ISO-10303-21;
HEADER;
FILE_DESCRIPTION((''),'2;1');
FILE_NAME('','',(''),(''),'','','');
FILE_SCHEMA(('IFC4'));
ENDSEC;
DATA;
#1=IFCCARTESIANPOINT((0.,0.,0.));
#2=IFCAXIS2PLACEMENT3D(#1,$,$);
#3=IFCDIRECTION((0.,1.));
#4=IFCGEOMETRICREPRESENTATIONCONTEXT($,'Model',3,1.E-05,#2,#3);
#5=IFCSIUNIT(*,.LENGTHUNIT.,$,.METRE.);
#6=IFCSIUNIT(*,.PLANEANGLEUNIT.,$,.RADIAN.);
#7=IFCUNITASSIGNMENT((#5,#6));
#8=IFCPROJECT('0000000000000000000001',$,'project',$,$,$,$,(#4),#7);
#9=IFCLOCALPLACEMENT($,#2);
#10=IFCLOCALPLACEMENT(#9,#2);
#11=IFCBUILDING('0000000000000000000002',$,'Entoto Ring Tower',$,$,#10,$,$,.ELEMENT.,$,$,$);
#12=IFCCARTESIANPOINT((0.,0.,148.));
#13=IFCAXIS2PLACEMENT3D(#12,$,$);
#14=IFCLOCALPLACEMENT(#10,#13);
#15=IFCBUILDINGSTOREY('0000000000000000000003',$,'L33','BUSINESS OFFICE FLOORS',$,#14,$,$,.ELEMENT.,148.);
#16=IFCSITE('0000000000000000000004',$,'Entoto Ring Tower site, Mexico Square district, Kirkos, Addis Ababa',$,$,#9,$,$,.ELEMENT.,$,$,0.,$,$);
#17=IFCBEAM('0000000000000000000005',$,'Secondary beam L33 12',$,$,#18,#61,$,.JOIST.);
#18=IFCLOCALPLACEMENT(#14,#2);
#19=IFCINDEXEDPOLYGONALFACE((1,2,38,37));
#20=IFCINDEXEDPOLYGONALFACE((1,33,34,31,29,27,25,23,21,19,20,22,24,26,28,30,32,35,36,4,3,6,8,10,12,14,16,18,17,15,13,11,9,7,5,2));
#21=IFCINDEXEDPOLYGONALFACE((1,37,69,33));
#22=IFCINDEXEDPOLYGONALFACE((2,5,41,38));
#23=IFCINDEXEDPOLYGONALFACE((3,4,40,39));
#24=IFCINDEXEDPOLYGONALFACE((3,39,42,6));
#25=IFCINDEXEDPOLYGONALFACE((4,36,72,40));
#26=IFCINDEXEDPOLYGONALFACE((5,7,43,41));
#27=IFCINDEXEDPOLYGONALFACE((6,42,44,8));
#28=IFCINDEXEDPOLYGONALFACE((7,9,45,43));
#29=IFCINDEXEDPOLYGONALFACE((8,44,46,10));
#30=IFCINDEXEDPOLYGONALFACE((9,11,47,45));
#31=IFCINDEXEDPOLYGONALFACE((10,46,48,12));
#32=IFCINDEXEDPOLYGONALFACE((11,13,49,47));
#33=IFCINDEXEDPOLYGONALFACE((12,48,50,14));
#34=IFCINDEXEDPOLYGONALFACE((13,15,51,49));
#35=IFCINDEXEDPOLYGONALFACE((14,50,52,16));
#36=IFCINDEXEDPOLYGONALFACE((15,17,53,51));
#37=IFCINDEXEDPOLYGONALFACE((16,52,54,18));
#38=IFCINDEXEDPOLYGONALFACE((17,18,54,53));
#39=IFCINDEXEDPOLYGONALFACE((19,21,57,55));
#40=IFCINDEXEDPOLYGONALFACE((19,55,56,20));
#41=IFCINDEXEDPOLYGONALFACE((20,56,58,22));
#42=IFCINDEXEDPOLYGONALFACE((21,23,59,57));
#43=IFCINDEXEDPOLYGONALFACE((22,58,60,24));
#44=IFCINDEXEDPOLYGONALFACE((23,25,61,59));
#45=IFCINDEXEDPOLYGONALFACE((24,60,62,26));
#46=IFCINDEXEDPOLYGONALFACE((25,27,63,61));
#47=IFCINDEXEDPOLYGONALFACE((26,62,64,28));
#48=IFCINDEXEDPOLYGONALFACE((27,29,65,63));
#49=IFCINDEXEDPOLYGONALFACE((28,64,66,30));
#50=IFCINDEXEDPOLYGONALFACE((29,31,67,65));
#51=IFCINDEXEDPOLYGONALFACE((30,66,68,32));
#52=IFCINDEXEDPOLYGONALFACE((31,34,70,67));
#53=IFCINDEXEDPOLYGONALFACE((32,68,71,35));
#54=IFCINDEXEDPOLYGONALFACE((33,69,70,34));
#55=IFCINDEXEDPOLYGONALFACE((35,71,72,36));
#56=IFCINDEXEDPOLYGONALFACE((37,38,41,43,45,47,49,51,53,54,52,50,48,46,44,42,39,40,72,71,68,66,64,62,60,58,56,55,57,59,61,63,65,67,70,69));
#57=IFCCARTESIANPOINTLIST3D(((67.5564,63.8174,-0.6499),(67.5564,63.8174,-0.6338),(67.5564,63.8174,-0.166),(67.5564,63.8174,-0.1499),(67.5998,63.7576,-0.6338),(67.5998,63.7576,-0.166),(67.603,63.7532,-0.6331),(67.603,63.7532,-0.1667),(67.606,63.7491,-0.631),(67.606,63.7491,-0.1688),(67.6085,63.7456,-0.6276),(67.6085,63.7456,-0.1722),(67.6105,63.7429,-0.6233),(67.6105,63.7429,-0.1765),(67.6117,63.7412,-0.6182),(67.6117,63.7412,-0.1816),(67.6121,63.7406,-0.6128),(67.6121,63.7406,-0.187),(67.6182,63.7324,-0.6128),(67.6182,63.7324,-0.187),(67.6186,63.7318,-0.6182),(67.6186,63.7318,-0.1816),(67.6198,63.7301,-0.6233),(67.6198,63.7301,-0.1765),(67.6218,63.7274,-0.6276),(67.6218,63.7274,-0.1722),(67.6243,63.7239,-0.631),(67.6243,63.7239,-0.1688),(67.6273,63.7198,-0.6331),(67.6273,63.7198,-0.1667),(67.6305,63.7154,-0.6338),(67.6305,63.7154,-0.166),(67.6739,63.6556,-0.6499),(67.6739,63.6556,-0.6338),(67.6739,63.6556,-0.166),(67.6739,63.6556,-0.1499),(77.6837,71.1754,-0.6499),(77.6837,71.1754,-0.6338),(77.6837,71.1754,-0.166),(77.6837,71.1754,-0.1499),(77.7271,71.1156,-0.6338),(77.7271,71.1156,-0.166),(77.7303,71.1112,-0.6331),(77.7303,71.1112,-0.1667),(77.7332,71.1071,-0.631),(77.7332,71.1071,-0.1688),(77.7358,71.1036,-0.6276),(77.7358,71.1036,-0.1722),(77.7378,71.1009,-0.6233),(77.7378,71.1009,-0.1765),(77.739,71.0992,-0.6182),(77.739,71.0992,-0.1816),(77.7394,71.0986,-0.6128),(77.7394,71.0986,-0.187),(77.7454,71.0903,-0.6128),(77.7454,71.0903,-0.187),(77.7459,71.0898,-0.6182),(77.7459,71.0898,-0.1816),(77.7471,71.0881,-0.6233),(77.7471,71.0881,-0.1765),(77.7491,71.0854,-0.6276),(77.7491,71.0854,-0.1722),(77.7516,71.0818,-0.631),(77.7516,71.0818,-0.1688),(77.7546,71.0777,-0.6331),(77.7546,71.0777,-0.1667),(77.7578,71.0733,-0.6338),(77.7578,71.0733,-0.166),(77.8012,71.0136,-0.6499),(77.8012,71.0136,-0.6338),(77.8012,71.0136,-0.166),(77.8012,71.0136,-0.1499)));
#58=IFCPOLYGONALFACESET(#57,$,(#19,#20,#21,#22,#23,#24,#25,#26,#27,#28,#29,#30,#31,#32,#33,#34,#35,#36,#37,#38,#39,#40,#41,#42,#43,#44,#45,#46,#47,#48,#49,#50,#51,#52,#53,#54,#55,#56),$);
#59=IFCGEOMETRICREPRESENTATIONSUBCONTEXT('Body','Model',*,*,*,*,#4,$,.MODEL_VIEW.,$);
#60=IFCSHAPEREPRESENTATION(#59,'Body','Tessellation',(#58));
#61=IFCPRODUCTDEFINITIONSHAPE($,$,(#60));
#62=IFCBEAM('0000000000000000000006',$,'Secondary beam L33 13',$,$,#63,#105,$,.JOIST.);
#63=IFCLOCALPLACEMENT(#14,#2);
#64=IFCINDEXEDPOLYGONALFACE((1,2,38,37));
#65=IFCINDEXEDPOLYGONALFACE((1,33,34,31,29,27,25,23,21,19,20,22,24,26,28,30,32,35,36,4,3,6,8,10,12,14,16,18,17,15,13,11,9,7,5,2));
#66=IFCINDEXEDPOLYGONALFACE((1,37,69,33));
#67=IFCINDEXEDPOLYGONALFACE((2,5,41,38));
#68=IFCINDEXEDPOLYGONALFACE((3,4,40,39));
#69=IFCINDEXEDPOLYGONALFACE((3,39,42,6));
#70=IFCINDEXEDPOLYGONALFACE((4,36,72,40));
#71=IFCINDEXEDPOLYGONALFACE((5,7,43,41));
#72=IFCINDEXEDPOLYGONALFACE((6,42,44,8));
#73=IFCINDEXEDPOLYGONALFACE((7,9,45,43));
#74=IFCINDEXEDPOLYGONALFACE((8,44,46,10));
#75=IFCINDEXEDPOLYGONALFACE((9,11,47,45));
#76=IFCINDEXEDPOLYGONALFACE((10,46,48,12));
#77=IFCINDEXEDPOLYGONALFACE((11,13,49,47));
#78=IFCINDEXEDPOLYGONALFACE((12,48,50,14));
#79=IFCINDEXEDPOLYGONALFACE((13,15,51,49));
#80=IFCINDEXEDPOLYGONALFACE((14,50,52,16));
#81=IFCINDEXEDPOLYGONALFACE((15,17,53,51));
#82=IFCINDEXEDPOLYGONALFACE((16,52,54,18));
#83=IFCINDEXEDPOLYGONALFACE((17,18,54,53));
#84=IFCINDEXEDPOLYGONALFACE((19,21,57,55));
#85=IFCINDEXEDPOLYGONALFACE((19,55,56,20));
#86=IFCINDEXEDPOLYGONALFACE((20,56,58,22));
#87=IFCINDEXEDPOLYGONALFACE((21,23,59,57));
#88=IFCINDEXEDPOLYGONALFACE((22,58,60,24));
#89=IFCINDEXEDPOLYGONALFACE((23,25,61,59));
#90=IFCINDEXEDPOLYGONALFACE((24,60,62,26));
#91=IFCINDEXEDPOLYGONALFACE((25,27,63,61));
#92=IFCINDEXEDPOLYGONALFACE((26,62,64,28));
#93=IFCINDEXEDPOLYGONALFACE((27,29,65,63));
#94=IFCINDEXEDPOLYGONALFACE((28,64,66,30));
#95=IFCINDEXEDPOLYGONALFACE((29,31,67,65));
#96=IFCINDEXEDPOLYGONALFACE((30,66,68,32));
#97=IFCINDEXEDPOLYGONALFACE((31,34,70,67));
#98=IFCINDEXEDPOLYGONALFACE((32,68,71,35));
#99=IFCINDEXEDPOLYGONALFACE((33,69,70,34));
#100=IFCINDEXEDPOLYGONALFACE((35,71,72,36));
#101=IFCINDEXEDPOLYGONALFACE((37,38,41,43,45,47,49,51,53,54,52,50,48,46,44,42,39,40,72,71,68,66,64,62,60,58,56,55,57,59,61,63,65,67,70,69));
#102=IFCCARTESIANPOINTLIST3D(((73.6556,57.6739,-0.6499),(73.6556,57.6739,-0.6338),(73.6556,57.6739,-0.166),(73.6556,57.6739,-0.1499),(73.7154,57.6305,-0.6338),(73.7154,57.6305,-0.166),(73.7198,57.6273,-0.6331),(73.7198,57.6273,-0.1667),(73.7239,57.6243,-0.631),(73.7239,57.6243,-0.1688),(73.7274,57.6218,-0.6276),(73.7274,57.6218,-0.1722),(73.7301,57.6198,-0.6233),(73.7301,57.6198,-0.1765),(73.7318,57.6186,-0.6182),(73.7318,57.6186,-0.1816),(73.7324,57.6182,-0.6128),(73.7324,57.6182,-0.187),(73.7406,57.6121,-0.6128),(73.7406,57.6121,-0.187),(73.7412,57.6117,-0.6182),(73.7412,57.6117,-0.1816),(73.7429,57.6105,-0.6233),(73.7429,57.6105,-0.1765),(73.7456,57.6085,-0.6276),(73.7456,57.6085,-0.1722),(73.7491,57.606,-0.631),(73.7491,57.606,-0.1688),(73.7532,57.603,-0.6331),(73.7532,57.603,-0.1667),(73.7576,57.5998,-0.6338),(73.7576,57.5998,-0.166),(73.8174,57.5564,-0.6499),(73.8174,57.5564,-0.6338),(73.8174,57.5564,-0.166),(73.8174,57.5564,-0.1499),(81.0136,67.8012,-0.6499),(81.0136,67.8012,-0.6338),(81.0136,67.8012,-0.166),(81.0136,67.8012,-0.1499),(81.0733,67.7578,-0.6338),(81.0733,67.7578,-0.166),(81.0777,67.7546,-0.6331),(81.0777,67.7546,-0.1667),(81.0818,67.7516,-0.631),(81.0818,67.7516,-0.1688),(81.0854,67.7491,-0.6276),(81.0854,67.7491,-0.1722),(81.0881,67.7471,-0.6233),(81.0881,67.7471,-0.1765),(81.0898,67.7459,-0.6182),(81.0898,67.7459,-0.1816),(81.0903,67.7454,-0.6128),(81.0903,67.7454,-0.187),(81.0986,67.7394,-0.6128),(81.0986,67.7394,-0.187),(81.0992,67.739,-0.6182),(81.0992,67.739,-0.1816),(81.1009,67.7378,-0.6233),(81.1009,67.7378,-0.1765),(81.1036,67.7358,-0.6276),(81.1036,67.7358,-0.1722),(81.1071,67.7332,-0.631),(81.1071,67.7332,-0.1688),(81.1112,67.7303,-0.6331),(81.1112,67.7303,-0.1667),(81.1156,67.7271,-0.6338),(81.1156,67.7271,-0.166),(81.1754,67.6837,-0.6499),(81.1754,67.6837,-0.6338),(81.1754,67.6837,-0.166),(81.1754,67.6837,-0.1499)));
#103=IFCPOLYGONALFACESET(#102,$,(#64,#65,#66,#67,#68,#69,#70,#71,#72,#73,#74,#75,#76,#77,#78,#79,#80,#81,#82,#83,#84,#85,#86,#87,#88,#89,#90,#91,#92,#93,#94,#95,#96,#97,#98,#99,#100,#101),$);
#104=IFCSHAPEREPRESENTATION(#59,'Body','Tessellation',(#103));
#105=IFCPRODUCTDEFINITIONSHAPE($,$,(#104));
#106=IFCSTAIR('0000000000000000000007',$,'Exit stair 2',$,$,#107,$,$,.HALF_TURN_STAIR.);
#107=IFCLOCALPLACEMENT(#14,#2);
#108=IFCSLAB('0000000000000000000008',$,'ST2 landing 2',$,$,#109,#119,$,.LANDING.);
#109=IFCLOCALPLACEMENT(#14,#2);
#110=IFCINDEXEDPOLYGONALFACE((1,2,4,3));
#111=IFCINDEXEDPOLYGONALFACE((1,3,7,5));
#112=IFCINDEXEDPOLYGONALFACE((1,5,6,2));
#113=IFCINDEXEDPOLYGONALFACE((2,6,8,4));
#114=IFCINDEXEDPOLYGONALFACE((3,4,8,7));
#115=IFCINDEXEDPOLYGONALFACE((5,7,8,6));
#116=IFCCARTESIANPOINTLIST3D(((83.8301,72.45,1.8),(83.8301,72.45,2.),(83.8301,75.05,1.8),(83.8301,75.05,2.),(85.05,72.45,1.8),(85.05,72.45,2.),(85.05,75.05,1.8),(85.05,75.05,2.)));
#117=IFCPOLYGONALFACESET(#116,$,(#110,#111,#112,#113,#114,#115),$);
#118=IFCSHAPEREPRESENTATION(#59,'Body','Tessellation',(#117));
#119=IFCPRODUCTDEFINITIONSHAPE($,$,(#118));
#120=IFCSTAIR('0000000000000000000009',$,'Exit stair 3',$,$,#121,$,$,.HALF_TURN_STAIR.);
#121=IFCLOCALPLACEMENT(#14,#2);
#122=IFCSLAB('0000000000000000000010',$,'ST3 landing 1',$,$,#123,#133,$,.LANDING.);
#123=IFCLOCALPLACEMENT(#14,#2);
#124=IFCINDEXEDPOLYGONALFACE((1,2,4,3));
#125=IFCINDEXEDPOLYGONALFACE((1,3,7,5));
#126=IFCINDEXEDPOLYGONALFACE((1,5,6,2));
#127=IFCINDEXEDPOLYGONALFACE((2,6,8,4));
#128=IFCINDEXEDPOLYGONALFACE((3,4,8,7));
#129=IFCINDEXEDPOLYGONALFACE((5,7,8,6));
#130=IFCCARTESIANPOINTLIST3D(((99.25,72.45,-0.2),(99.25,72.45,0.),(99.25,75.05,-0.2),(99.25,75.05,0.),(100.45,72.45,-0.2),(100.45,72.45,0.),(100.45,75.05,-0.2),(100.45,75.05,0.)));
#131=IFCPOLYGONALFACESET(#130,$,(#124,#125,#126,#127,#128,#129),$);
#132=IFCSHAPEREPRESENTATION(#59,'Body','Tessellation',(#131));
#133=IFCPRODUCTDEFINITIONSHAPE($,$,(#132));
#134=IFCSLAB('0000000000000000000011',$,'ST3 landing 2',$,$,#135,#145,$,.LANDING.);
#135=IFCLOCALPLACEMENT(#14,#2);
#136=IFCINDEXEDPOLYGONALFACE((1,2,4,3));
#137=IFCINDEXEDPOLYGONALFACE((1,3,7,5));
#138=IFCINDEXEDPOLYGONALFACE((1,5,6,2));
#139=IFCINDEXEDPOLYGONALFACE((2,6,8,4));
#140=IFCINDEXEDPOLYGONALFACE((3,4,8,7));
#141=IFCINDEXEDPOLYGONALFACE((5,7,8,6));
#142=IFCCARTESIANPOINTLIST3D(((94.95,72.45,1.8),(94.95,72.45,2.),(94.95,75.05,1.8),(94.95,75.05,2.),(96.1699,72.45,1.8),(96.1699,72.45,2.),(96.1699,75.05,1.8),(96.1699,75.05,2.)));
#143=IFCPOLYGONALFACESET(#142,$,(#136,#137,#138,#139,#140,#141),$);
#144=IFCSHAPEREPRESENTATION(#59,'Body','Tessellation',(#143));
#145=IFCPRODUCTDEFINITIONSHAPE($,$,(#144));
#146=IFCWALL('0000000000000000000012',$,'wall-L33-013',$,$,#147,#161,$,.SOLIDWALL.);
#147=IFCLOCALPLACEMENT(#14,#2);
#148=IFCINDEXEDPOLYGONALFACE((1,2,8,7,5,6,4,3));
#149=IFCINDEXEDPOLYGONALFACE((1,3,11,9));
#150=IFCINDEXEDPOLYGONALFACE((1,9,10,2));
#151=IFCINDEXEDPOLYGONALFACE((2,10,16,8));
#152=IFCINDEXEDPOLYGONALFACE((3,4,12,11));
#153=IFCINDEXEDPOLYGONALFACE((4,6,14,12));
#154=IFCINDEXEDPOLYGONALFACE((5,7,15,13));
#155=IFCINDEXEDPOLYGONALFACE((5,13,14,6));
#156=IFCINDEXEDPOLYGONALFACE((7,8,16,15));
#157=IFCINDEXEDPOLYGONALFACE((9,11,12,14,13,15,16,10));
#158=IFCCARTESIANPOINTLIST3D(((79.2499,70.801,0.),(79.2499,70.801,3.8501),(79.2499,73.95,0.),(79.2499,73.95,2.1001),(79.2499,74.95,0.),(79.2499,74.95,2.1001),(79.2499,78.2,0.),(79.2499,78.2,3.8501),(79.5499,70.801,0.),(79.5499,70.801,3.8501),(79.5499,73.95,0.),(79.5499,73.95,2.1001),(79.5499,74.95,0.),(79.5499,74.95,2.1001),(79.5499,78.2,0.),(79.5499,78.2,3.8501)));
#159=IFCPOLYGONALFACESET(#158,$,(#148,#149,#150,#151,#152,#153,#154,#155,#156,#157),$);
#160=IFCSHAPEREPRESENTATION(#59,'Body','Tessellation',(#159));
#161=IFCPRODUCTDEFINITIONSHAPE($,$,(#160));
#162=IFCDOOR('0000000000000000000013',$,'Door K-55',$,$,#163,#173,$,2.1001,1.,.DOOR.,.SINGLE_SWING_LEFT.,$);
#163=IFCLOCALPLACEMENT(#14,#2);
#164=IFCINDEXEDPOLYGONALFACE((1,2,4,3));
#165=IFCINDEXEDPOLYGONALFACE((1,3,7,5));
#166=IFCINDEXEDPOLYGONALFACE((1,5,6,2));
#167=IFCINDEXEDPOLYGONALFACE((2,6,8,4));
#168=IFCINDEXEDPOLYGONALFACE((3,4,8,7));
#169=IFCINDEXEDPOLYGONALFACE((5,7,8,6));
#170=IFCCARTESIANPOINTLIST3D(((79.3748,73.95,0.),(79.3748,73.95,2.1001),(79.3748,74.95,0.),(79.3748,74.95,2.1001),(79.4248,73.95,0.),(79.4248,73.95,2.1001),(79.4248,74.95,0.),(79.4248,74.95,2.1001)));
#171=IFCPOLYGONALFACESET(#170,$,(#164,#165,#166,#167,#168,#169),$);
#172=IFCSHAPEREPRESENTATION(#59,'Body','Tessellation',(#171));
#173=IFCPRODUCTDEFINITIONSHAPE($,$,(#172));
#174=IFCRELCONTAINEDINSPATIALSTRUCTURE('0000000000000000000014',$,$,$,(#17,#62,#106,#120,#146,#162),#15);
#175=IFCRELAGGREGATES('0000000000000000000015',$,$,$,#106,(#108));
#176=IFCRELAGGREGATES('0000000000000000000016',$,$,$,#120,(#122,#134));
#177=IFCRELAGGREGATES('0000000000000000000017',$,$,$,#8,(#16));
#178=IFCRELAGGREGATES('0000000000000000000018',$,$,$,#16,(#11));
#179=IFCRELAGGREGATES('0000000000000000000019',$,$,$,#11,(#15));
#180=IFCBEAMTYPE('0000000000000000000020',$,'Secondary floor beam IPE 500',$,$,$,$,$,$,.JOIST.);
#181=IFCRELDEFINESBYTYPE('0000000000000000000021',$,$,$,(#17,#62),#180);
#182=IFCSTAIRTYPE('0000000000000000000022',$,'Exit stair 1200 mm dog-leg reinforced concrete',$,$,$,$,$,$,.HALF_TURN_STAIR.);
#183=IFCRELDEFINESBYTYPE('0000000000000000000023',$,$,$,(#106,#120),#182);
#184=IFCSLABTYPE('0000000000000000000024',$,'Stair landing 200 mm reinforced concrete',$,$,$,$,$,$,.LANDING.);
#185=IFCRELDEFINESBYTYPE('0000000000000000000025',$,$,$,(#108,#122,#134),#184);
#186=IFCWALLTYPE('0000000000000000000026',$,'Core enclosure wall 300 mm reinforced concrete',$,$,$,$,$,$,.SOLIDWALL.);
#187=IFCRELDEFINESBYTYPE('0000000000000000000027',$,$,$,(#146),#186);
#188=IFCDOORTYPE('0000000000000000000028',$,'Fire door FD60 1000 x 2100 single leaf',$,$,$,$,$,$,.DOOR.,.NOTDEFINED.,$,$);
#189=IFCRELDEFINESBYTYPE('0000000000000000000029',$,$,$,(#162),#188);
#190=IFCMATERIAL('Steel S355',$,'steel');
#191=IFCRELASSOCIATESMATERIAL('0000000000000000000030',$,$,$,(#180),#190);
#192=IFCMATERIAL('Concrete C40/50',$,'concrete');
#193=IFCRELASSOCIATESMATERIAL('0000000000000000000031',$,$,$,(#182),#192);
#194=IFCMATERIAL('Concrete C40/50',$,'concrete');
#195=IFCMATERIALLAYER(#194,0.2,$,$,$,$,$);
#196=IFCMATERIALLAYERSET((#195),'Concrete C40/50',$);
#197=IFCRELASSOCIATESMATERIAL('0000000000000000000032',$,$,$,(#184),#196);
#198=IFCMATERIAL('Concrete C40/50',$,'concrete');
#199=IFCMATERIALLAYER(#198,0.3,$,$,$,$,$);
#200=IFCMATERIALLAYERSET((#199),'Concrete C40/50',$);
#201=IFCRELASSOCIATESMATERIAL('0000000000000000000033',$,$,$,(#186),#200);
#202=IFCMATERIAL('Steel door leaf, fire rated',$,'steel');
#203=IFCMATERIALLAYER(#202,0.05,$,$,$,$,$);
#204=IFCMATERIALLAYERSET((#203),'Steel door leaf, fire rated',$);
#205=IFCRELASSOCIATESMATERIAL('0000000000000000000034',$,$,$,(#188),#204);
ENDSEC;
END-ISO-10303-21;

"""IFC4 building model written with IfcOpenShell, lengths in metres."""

from ifc_helpers import new_model, si_unit, direction, frame, frame_2d, origin, origin_2d, place, context, subcontext, project, spatial, polyline, rectangle, i_section, outline, extrude, material, layer, layer_set, material_profile, profile_set, type_object, element, fill, aggregate, save


model = new_model("IFC4")

# Units and contexts
model_context = context("Model", 3, precision=1e-05, world=origin(), true_north=direction((0.0, 1.0)))
body_context = subcontext(model_context, "Body", "Model", "MODEL_VIEW")
ifc_project = project(units=[si_unit("LENGTHUNIT", "METRE"), si_unit("PLANEANGLEUNIT", "RADIAN")], contexts=[model_context])

# Site, building, storey
site_placement = place(None, origin())
site = spatial("IfcSite", under=ifc_project, at=site_placement, Name="Entoto Ring Tower site, Mexico Square district, Kirkos, Addis Ababa", CompositionType="ELEMENT", RefElevation=0.0)
building_placement = place(site_placement, origin())
building = spatial("IfcBuilding", under=site, at=building_placement, Name="Entoto Ring Tower", CompositionType="ELEMENT")
storey_placement = place(building_placement, frame((0.0, 0.0, 148.0)))
storey = spatial("IfcBuildingStorey", under=building, at=storey_placement, Name="L33", Description="BUSINESS OFFICE FLOORS", CompositionType="ELEMENT", Elevation=148.0)

# Beams
ifc_material_1 = material(Name="Steel S355", Category="steel")
ifc_material_profile_1 = material_profile(ifc_material_1, i_section(OverallWidth=0.2, OverallDepth=0.5, WebThickness=0.0103, FlangeThickness=0.0161, FilletRadius=0.021, at=origin_2d()), Name="IPE 500")
ifc_profile_set_1 = profile_set([ifc_material_profile_1], Name="Steel S355")
beam_type_1 = type_object("IfcBeamType", Name="Secondary floor beam IPE 500", PredefinedType="JOIST", material=ifc_profile_set_1)
for number, where, z_axis, x_axis, name in (
    (1, (77.7424, 71.0945, -0.3999), (-0.809014, -0.587789, 0.0), (0.587789, -0.809014, 0.0), "Secondary beam L33 12"),
    (2, (81.0945, 67.7424, -0.3999), (-0.587789, -0.809014, 0.0), (0.809014, -0.587789, 0.0), "Secondary beam L33 13"),
):
    element("IfcBeam", number, at=place(storey_placement, frame(where, z_axis=z_axis, x_axis=x_axis)), inside=storey, type_object=beam_type_1, Name=name, PredefinedType="JOIST", context=body_context, shape_type="SweptSolid", body=[
        extrude(i_section(OverallWidth=0.2, OverallDepth=0.5, WebThickness=0.0103, FlangeThickness=0.0161, FilletRadius=0.021, at=origin_2d()), origin(), (0.0, 0.0, 1.0), 12.5181),
    ])

# Stair, slab
ifc_material_2 = material(Name="Concrete C40/50", Category="concrete")
stair_type = type_object("IfcStairType", Name="Exit stair 1200 mm dog-leg reinforced concrete", PredefinedType="HALF_TURN_STAIR", material=ifc_material_2)
stair_1_placement = place(storey_placement, origin())
stair_1 = element("IfcStair", 3, at=stair_1_placement, inside=storey, type_object=stair_type, Name="Exit stair 2", PredefinedType="HALF_TURN_STAIR")
ifc_material_3 = material(Name="Concrete C40/50", Category="concrete")
ifc_layer_1 = layer(ifc_material_3, 0.2)
ifc_layer_set_1 = layer_set([ifc_layer_1], Name="Concrete C40/50")
slab_type_1 = type_object("IfcSlabType", Name="Stair landing 200 mm reinforced concrete", PredefinedType="LANDING", material=ifc_layer_set_1)
slab_1_placement = place(storey_placement, frame((0.0, 0.0, 1.8)))
slab_1 = element("IfcSlab", 4, at=slab_1_placement, type_object=slab_type_1, Name="ST2 landing 2", PredefinedType="LANDING", context=body_context, shape_type="SweptSolid", body=[
    extrude(outline(polyline([(83.8301, 72.45), (85.05, 72.45), (85.05, 75.05), (83.8301, 75.05), (83.8301, 72.45)])), origin(), (0.0, 0.0, 1.0), 0.2),
])
aggregate(stair_1, [slab_1])

# Stair, slabs
stair_2_placement = place(storey_placement, origin())
stair_2 = element("IfcStair", 5, at=stair_2_placement, inside=storey, type_object=stair_type, Name="Exit stair 3", PredefinedType="HALF_TURN_STAIR")
slab_2_placement = place(storey_placement, frame((0.0, 0.0, -0.2)))
slab_2 = element("IfcSlab", 6, at=slab_2_placement, type_object=slab_type_1, Name="ST3 landing 1", PredefinedType="LANDING", context=body_context, shape_type="SweptSolid", body=[
    extrude(outline(polyline([(100.45, 72.45), (100.45, 75.05), (99.25, 75.05), (99.25, 72.45), (100.45, 72.45)])), origin(), (0.0, 0.0, 1.0), 0.2),
])
slab_3_placement = place(storey_placement, frame((0.0, 0.0, 1.8)))
slab_3 = element("IfcSlab", 7, at=slab_3_placement, type_object=slab_type_1, Name="ST3 landing 2", PredefinedType="LANDING", context=body_context, shape_type="SweptSolid", body=[
    extrude(outline(polyline([(94.95, 72.45), (96.1699, 72.45), (96.1699, 75.05), (94.95, 75.05), (94.95, 72.45)])), origin(), (0.0, 0.0, 1.0), 0.2),
])
aggregate(stair_2, [slab_2, slab_3])

# Wall, opening, door
ifc_material_4 = material(Name="Concrete C40/50", Category="concrete")
ifc_layer_2 = layer(ifc_material_4, 0.3)
ifc_layer_set_2 = layer_set([ifc_layer_2], Name="Concrete C40/50")
wall_type_1 = type_object("IfcWallType", Name="Core enclosure wall 300 mm reinforced concrete", PredefinedType="SOLIDWALL", material=ifc_layer_set_2)
wall_1_placement = place(storey_placement, frame((79.3999, 70.801, 0.0), z_axis=(0.0, 0.0, 1.0), x_axis=(0.0, 1.0, 0.0)))
wall_1 = element("IfcWall", 8, at=wall_1_placement, inside=storey, type_object=wall_type_1, Name="wall-L33-013", PredefinedType="SOLIDWALL", context=body_context, shape_type="SweptSolid", body=[
    extrude(rectangle(XDim=7.3989, YDim=0.3, at=frame_2d((3.6995, 0.0))), origin(), (0.0, 0.0, 1.0), 3.8501),
])
opening_1_placement = place(wall_1_placement, frame((3.1489, 0.0, 0.0)))
opening_1 = element("IfcOpeningElement", 9, at=opening_1_placement, cuts=wall_1, PredefinedType="OPENING", context=body_context, shape_type="SweptSolid", body=[
    extrude(rectangle(XDim=1.0, YDim=2.1001, at=frame_2d((0.5, 1.05))), frame((0.0, 0.1602, 0.0), z_axis=(0.0, -1.0, 0.0), x_axis=(1.0, 0.0, 0.0)), (0.0, 0.0, 1.0), 0.3201),
])
ifc_material_5 = material(Name="Steel door leaf, fire rated", Category="steel")
ifc_layer_3 = layer(ifc_material_5, 0.05)
ifc_layer_set_3 = layer_set([ifc_layer_3], Name="Steel door leaf, fire rated")
door_type_1 = type_object("IfcDoorType", Name="Fire door FD60 1000 x 2100 single leaf", OperationType="NOTDEFINED", PredefinedType="DOOR", material=ifc_layer_set_3)
door_1_placement = place(opening_1_placement, frame((1.0, 0.0, 0.0), z_axis=(0.0, 0.0, 1.0), x_axis=(-1.0, 0.0, 0.0)))
door_1 = element("IfcDoor", 10, at=door_1_placement, inside=storey, type_object=door_type_1, Name="Door K-55", OperationType="SINGLE_SWING_LEFT", OverallHeight=2.1001, OverallWidth=1.0, PredefinedType="DOOR", context=body_context, shape_type="SweptSolid", body=[
    extrude(rectangle(XDim=1.0, YDim=2.1001, at=frame_2d((0.5, 1.05))), frame((0.0, 0.0249, 0.0), z_axis=(0.0, -1.0, 0.0), x_axis=(1.0, 0.0, 0.0)), (0.0, 0.0, 1.0), 0.05),
])
fill(opening_1, door_1)

save(model, "model.ifc")
